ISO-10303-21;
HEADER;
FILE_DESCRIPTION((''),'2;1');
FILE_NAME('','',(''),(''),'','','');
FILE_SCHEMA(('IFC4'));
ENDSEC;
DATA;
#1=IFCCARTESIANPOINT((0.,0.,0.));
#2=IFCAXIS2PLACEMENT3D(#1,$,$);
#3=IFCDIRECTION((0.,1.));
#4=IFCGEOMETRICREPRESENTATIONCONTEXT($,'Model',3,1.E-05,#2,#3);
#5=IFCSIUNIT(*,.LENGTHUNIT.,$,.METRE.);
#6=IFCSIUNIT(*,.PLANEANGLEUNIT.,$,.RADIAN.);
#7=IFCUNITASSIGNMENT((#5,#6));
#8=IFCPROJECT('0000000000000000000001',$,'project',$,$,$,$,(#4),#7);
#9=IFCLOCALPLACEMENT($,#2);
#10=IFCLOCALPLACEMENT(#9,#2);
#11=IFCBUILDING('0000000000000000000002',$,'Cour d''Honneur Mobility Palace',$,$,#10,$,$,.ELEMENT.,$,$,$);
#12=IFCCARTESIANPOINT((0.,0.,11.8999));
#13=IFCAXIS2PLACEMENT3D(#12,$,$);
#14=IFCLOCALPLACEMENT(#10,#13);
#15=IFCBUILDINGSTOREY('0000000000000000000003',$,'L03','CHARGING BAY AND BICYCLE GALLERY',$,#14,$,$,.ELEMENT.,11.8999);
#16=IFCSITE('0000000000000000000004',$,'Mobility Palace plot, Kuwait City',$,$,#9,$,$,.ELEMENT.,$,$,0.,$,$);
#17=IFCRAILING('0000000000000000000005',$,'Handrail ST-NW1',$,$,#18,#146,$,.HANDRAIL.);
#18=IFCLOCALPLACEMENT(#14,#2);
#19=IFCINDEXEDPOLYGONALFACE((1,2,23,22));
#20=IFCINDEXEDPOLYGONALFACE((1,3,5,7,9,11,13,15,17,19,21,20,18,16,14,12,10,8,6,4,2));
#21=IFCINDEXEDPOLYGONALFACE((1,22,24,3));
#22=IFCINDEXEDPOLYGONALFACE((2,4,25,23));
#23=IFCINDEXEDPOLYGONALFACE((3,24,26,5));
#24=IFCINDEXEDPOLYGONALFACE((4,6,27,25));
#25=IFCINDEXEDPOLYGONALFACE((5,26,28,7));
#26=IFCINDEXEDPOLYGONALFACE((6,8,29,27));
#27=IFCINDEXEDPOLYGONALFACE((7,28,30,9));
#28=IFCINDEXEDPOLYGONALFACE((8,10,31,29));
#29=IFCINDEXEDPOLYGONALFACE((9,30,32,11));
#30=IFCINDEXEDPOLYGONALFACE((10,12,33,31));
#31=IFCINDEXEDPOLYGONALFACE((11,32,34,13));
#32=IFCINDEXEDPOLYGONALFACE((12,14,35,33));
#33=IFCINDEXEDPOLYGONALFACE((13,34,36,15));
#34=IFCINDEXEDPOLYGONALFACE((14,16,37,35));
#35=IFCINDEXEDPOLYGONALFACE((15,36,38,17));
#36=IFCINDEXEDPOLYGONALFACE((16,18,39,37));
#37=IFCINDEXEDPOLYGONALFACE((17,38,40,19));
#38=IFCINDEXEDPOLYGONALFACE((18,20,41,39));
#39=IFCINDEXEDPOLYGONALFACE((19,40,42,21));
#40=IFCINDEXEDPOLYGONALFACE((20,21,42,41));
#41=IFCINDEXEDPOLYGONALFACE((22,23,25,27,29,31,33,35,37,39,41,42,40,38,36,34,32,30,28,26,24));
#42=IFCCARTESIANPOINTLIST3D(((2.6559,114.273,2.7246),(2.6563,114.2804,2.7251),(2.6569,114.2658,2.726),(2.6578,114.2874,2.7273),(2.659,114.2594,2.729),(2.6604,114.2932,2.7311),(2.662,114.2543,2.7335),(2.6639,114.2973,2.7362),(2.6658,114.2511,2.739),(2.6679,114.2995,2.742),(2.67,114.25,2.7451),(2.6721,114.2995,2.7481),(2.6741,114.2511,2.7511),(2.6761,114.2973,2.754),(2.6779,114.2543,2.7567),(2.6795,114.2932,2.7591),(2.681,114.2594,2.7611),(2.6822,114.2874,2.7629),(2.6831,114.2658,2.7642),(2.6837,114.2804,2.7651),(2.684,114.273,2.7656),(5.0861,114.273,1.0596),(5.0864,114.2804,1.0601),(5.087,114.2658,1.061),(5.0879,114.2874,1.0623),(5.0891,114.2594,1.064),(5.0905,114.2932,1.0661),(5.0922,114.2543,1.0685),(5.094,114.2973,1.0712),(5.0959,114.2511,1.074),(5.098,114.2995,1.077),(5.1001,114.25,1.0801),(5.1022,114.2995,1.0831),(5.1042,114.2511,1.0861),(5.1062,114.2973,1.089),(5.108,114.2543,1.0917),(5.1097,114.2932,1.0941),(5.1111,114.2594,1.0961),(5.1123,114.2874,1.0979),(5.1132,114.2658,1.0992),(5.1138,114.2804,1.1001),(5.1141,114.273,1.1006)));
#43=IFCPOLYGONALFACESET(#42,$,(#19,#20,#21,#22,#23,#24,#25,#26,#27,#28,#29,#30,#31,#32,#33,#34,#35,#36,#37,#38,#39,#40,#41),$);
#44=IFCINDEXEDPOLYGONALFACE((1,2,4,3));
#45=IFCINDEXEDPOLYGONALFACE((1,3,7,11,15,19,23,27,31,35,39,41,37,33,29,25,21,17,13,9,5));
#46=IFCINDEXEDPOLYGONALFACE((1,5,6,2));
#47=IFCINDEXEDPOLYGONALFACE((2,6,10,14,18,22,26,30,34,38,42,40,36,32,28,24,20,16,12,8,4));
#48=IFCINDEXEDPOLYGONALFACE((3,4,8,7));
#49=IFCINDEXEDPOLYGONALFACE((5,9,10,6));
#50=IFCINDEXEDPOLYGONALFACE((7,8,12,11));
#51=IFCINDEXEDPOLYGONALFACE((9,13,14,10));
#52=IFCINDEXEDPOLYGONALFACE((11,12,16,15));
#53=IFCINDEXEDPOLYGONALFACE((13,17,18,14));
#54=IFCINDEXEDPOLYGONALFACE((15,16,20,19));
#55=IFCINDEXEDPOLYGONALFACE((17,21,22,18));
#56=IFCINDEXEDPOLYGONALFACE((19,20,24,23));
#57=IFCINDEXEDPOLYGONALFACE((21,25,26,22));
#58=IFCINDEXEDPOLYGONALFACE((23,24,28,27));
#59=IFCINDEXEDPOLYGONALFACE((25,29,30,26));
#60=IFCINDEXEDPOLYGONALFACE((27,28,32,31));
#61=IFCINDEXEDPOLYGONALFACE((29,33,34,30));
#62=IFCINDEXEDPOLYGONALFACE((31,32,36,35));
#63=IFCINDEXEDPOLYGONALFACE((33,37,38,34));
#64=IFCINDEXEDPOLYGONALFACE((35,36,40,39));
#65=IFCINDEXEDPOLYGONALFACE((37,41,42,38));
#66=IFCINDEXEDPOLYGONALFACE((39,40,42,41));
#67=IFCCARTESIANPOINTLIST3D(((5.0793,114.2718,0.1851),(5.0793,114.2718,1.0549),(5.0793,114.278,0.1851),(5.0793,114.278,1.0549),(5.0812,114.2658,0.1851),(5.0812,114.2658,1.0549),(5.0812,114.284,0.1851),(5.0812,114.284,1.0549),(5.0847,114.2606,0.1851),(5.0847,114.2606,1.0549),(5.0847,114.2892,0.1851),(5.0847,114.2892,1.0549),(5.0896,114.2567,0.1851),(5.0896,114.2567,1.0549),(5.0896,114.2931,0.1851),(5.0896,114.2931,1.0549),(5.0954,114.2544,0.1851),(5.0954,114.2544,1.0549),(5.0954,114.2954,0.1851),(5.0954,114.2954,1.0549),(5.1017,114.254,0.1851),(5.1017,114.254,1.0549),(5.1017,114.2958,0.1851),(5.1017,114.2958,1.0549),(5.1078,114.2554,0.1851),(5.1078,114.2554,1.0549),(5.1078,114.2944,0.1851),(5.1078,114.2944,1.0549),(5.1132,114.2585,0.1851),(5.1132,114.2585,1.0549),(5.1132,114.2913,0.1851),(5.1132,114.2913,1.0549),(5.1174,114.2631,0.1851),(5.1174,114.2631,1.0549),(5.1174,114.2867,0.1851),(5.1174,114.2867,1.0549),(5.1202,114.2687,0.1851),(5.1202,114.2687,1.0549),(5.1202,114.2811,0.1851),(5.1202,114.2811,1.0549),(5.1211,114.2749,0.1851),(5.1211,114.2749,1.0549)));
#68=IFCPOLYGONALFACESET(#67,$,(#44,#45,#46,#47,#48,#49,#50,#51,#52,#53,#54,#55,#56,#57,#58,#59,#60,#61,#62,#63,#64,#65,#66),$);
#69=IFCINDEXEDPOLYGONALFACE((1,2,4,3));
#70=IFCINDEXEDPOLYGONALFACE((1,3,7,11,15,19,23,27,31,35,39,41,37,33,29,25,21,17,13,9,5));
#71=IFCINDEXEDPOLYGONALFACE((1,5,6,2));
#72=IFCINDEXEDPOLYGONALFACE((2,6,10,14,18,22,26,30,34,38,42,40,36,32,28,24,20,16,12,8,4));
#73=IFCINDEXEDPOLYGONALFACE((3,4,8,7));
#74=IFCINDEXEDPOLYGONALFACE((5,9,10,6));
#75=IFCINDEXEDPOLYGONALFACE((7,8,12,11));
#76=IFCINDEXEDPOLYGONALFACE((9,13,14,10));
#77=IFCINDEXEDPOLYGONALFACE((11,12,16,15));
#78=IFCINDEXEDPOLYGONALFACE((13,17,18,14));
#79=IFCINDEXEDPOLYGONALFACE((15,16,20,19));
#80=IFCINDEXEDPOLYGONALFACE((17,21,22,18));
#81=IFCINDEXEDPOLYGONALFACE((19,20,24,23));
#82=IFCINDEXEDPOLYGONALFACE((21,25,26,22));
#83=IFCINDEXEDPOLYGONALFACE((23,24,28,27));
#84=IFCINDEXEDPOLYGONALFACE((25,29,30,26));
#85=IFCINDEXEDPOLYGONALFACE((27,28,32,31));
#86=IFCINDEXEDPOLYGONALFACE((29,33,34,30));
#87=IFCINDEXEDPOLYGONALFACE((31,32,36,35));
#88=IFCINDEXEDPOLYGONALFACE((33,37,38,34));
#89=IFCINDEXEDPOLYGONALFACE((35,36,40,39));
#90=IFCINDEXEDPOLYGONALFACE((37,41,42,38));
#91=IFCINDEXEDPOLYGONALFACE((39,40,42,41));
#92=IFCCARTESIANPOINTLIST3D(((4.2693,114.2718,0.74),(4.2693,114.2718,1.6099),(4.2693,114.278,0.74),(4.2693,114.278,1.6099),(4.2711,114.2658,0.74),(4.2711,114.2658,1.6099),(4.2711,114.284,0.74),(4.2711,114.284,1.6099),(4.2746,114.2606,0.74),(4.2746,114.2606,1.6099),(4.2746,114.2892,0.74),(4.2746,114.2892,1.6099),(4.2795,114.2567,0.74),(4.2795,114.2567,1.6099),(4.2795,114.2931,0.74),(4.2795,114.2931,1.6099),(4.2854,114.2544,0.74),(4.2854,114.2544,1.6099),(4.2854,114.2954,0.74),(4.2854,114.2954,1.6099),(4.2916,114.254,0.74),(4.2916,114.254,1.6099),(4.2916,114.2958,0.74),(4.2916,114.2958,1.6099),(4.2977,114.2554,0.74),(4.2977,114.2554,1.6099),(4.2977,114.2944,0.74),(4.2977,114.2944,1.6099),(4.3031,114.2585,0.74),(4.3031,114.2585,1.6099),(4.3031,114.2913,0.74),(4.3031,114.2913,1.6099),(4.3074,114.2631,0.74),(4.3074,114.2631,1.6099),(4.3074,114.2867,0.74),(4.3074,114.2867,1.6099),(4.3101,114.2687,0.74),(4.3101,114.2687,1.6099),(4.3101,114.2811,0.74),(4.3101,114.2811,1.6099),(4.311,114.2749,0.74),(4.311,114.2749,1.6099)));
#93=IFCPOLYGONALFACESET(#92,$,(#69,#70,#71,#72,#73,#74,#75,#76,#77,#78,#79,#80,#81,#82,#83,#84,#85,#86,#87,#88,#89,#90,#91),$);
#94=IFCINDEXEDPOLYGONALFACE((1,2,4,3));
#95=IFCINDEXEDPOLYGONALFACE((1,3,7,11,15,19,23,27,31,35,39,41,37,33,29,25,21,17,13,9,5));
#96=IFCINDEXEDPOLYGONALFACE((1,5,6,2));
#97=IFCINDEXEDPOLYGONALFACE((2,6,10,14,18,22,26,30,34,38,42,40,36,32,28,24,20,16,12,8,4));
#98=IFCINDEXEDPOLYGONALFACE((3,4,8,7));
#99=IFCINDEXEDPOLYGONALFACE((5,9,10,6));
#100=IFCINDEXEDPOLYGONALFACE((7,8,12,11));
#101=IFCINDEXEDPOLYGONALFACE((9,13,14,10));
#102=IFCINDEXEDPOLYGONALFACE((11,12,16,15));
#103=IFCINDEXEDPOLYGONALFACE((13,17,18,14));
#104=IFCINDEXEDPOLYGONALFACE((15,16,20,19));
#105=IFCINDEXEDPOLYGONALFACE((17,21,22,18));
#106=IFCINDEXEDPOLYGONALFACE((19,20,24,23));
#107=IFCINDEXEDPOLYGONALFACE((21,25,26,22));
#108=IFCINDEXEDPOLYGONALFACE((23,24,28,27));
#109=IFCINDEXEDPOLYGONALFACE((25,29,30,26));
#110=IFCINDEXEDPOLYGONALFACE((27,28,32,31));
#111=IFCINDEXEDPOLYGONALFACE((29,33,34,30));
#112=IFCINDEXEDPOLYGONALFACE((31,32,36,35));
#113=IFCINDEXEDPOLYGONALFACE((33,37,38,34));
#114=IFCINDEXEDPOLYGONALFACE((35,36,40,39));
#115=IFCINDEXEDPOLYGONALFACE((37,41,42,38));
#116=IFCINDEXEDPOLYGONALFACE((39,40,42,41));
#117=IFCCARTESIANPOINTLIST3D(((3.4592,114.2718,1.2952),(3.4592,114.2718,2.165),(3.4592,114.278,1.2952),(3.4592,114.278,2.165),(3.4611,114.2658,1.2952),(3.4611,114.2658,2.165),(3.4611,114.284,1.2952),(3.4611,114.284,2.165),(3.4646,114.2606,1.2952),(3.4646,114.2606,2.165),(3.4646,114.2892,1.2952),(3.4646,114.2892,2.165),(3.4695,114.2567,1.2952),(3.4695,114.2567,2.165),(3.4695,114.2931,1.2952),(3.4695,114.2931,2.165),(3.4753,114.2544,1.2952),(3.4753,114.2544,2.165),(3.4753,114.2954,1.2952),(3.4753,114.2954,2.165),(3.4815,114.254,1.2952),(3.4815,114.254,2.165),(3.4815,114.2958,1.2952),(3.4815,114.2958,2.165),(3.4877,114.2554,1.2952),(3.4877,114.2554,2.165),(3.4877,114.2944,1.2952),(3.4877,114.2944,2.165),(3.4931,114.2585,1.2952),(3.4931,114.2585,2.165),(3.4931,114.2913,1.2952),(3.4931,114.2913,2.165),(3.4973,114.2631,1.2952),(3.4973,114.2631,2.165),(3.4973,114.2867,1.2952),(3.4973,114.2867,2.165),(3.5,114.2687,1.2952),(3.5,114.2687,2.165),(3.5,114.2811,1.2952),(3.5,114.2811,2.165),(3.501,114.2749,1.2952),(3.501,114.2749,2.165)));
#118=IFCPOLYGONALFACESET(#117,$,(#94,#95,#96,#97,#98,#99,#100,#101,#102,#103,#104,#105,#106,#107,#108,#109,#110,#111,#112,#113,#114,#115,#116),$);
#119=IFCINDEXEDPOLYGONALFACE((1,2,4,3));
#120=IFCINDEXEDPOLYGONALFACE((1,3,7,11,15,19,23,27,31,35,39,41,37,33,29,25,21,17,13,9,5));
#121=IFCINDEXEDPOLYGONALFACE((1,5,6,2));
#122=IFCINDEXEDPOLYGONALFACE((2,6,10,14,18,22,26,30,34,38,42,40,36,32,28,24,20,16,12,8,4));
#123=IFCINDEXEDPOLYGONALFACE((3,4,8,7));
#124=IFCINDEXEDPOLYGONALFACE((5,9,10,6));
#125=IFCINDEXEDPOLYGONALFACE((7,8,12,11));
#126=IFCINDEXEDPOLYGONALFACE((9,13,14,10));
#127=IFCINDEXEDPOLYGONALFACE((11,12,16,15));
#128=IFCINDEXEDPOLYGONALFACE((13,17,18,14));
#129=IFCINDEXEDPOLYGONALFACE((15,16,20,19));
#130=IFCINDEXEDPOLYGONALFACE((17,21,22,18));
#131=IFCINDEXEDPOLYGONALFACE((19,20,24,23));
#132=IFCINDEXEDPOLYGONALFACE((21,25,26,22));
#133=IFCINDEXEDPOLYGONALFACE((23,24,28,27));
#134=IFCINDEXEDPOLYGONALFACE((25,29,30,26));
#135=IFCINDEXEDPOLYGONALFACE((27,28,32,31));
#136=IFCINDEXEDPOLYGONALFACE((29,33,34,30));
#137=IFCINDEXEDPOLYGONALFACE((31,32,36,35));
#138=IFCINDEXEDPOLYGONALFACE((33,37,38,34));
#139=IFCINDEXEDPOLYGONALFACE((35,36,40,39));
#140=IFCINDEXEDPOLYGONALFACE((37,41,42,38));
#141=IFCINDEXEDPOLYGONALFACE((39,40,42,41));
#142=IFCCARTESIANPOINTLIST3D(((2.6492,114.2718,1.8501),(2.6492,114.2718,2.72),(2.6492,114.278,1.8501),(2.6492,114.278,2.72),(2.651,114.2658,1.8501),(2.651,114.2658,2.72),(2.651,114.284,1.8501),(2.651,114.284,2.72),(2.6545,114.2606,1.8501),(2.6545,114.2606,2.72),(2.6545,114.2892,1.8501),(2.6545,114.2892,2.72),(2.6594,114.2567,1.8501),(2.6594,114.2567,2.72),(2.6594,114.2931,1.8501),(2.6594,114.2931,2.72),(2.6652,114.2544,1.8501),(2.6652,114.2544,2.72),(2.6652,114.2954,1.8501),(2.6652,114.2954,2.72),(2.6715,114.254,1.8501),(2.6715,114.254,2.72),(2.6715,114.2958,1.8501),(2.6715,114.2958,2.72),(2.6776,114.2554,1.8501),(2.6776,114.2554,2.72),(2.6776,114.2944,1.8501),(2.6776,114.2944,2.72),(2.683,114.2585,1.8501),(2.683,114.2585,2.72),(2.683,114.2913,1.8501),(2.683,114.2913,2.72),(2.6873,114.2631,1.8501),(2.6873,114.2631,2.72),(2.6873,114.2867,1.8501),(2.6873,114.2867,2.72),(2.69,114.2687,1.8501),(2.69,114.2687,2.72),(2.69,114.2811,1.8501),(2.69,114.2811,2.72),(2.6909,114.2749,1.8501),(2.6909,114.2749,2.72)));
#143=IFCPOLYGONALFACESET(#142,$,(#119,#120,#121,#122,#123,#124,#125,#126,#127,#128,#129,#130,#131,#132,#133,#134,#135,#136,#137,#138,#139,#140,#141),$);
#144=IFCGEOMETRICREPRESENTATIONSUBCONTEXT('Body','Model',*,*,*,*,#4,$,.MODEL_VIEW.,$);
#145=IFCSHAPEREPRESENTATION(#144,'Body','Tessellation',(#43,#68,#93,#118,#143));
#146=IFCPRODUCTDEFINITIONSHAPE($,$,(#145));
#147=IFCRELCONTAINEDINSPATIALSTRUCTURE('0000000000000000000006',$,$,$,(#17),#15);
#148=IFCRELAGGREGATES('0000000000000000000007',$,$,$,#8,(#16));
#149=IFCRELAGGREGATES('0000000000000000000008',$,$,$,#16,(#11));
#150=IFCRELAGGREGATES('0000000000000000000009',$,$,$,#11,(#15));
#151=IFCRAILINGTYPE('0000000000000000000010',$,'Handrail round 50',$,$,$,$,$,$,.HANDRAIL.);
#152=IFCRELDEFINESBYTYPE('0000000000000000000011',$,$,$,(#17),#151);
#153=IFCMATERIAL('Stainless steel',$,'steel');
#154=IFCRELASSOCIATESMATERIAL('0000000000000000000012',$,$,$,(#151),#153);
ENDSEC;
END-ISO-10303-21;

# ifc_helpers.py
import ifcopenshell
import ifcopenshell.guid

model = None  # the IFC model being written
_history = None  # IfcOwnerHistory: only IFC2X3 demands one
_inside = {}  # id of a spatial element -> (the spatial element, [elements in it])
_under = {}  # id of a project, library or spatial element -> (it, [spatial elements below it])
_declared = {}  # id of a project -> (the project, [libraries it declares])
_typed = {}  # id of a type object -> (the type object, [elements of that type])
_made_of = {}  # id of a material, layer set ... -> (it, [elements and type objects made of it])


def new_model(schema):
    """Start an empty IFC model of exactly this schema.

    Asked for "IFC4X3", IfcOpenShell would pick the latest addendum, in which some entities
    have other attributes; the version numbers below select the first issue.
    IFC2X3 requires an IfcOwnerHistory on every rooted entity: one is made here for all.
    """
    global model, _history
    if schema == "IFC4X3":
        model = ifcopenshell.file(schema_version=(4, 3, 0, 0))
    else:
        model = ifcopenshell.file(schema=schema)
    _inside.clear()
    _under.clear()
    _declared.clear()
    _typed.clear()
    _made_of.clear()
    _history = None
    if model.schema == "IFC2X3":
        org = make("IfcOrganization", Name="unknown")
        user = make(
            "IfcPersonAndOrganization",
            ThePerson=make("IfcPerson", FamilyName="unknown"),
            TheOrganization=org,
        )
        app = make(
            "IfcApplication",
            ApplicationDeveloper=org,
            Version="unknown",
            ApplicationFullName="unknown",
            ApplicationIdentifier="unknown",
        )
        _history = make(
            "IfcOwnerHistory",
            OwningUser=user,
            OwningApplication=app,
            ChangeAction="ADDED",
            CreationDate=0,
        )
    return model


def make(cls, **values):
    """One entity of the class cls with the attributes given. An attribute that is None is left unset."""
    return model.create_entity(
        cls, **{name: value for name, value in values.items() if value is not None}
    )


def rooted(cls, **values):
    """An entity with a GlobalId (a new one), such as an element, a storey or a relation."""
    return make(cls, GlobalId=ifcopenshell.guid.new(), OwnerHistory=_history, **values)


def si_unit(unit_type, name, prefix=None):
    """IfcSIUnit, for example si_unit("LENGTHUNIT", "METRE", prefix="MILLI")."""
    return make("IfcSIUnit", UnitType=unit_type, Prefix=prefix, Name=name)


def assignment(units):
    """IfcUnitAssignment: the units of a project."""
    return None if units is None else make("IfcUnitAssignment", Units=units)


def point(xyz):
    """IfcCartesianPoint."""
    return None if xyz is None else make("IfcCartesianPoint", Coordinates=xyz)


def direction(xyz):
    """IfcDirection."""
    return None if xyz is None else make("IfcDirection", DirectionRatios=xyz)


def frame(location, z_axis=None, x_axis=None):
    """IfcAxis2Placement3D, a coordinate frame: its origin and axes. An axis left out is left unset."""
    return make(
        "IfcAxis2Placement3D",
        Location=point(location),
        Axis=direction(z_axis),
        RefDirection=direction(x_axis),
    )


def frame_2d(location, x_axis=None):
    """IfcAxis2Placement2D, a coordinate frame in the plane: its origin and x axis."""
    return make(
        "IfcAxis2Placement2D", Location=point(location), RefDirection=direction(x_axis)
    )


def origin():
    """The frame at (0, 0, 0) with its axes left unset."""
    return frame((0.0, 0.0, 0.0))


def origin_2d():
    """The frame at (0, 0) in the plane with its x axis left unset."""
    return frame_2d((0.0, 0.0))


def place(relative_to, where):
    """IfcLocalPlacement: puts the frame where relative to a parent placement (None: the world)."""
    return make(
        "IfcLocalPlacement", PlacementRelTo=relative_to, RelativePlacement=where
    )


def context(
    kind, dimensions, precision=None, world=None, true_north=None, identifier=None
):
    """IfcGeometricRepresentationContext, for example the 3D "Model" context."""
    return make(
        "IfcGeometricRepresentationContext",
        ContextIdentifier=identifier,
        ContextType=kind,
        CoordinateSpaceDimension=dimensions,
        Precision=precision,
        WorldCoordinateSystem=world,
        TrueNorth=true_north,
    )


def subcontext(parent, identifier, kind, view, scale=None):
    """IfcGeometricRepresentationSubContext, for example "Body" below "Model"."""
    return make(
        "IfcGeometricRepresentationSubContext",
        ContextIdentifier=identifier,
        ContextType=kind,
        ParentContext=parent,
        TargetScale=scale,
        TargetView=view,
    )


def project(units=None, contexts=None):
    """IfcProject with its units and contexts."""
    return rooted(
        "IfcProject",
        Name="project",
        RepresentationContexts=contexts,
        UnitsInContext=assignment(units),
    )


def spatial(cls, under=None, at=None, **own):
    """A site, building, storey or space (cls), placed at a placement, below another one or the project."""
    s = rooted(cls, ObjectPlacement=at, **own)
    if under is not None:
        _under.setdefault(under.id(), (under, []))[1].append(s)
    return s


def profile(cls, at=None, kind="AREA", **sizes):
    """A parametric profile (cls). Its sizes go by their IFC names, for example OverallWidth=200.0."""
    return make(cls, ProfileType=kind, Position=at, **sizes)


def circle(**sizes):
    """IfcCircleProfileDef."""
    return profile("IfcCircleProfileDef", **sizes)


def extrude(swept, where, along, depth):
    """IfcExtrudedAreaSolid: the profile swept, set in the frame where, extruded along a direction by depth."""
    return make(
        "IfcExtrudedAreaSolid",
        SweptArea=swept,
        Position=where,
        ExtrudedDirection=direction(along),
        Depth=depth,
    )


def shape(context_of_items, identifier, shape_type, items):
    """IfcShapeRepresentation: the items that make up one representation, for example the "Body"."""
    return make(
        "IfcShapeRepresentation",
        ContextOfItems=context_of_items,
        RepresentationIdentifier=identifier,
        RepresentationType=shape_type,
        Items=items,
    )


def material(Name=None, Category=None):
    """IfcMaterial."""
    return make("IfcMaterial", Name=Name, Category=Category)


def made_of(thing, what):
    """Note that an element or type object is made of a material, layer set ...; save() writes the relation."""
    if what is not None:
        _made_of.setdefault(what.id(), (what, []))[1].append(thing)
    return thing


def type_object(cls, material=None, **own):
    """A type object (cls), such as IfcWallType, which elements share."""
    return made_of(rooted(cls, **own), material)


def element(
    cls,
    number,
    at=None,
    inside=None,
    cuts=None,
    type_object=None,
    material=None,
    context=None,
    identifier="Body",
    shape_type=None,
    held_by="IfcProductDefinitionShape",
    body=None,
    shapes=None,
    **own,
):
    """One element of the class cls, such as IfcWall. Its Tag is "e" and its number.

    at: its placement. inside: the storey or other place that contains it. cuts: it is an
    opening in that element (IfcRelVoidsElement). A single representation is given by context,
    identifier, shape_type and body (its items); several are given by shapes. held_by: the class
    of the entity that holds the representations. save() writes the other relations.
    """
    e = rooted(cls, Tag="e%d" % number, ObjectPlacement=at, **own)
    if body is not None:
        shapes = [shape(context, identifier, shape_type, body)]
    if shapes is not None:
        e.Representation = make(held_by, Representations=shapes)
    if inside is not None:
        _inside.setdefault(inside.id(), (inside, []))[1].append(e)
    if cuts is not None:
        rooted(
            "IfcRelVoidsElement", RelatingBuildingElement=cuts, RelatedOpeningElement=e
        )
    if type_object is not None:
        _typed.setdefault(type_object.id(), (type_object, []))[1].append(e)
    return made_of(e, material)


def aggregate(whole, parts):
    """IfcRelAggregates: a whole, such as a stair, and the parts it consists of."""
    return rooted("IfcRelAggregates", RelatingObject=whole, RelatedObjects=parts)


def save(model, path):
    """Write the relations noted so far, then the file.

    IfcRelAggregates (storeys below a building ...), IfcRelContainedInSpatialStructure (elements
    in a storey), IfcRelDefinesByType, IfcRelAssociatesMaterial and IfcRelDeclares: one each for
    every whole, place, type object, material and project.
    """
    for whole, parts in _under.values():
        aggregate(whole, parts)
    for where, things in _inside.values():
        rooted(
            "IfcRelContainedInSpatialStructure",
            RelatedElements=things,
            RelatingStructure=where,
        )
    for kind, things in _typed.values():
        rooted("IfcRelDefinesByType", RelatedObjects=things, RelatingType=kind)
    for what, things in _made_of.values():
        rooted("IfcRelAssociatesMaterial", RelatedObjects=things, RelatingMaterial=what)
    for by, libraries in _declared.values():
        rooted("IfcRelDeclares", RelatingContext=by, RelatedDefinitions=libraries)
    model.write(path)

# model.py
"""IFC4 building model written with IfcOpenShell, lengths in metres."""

from ifc_helpers import new_model, si_unit, direction, frame, origin, origin_2d, place, context, subcontext, project, spatial, circle, extrude, material, type_object, element, save


model = new_model("IFC4")

# Units and contexts
model_context = context("Model", 3, precision=1e-05, world=origin(), true_north=direction((0.0, 1.0)))
body_context = subcontext(model_context, "Body", "Model", "MODEL_VIEW")
ifc_project = project(units=[si_unit("LENGTHUNIT", "METRE"), si_unit("PLANEANGLEUNIT", "RADIAN")], contexts=[model_context])

# Site, building, storey
site_placement = place(None, origin())
site = spatial("IfcSite", under=ifc_project, at=site_placement, Name="Mobility Palace plot, Kuwait City", CompositionType="ELEMENT", RefElevation=0.0)
building_placement = place(site_placement, origin())
building = spatial("IfcBuilding", under=site, at=building_placement, Name="Cour d'Honneur Mobility Palace", CompositionType="ELEMENT")
storey_placement = place(building_placement, frame((0.0, 0.0, 11.8999)))
storey = spatial("IfcBuildingStorey", under=building, at=storey_placement, Name="L03", Description="CHARGING BAY AND BICYCLE GALLERY", CompositionType="ELEMENT", Elevation=11.8999)

# Railing
ifc_material_1 = material(Name="Stainless steel", Category="steel")
railing_type_1 = type_object("IfcRailingType", Name="Handrail round 50", PredefinedType="HANDRAIL", material=ifc_material_1)
for number, where, name in (
    (1, (5.1001, 114.2749, 0.1851), "Handrail ST-NW1"),
):
    element("IfcRailing", number, at=place(storey_placement, frame(where)), inside=storey, type_object=railing_type_1, Name=name, PredefinedType="HANDRAIL", context=body_context, shape_type="SweptSolid", body=[
        extrude(circle(Radius=0.0249, at=origin_2d()), frame((0.0, 0.0, 0.895), z_axis=(-0.824945, 0.0, 0.565213), x_axis=(0.0, -1.0, 0.0)), (0.0, 0.0, 1.0), 2.9458),
        extrude(circle(Radius=0.021, at=origin_2d()), origin(), (0.0, 0.0, 1.0), 0.8699),
        extrude(circle(Radius=0.021, at=origin_2d()), frame((-0.8101, 0.0, 0.5549)), (0.0, 0.0, 1.0), 0.8699),
        extrude(circle(Radius=0.021, at=origin_2d()), frame((-1.6201, 0.0, 1.1101)), (0.0, 0.0, 1.0), 0.8699),
        extrude(circle(Radius=0.021, at=origin_2d()), frame((-2.4302, 0.0, 1.665)), (0.0, 0.0, 1.0), 0.8699),
    ])

save(model, "model.ifc")
